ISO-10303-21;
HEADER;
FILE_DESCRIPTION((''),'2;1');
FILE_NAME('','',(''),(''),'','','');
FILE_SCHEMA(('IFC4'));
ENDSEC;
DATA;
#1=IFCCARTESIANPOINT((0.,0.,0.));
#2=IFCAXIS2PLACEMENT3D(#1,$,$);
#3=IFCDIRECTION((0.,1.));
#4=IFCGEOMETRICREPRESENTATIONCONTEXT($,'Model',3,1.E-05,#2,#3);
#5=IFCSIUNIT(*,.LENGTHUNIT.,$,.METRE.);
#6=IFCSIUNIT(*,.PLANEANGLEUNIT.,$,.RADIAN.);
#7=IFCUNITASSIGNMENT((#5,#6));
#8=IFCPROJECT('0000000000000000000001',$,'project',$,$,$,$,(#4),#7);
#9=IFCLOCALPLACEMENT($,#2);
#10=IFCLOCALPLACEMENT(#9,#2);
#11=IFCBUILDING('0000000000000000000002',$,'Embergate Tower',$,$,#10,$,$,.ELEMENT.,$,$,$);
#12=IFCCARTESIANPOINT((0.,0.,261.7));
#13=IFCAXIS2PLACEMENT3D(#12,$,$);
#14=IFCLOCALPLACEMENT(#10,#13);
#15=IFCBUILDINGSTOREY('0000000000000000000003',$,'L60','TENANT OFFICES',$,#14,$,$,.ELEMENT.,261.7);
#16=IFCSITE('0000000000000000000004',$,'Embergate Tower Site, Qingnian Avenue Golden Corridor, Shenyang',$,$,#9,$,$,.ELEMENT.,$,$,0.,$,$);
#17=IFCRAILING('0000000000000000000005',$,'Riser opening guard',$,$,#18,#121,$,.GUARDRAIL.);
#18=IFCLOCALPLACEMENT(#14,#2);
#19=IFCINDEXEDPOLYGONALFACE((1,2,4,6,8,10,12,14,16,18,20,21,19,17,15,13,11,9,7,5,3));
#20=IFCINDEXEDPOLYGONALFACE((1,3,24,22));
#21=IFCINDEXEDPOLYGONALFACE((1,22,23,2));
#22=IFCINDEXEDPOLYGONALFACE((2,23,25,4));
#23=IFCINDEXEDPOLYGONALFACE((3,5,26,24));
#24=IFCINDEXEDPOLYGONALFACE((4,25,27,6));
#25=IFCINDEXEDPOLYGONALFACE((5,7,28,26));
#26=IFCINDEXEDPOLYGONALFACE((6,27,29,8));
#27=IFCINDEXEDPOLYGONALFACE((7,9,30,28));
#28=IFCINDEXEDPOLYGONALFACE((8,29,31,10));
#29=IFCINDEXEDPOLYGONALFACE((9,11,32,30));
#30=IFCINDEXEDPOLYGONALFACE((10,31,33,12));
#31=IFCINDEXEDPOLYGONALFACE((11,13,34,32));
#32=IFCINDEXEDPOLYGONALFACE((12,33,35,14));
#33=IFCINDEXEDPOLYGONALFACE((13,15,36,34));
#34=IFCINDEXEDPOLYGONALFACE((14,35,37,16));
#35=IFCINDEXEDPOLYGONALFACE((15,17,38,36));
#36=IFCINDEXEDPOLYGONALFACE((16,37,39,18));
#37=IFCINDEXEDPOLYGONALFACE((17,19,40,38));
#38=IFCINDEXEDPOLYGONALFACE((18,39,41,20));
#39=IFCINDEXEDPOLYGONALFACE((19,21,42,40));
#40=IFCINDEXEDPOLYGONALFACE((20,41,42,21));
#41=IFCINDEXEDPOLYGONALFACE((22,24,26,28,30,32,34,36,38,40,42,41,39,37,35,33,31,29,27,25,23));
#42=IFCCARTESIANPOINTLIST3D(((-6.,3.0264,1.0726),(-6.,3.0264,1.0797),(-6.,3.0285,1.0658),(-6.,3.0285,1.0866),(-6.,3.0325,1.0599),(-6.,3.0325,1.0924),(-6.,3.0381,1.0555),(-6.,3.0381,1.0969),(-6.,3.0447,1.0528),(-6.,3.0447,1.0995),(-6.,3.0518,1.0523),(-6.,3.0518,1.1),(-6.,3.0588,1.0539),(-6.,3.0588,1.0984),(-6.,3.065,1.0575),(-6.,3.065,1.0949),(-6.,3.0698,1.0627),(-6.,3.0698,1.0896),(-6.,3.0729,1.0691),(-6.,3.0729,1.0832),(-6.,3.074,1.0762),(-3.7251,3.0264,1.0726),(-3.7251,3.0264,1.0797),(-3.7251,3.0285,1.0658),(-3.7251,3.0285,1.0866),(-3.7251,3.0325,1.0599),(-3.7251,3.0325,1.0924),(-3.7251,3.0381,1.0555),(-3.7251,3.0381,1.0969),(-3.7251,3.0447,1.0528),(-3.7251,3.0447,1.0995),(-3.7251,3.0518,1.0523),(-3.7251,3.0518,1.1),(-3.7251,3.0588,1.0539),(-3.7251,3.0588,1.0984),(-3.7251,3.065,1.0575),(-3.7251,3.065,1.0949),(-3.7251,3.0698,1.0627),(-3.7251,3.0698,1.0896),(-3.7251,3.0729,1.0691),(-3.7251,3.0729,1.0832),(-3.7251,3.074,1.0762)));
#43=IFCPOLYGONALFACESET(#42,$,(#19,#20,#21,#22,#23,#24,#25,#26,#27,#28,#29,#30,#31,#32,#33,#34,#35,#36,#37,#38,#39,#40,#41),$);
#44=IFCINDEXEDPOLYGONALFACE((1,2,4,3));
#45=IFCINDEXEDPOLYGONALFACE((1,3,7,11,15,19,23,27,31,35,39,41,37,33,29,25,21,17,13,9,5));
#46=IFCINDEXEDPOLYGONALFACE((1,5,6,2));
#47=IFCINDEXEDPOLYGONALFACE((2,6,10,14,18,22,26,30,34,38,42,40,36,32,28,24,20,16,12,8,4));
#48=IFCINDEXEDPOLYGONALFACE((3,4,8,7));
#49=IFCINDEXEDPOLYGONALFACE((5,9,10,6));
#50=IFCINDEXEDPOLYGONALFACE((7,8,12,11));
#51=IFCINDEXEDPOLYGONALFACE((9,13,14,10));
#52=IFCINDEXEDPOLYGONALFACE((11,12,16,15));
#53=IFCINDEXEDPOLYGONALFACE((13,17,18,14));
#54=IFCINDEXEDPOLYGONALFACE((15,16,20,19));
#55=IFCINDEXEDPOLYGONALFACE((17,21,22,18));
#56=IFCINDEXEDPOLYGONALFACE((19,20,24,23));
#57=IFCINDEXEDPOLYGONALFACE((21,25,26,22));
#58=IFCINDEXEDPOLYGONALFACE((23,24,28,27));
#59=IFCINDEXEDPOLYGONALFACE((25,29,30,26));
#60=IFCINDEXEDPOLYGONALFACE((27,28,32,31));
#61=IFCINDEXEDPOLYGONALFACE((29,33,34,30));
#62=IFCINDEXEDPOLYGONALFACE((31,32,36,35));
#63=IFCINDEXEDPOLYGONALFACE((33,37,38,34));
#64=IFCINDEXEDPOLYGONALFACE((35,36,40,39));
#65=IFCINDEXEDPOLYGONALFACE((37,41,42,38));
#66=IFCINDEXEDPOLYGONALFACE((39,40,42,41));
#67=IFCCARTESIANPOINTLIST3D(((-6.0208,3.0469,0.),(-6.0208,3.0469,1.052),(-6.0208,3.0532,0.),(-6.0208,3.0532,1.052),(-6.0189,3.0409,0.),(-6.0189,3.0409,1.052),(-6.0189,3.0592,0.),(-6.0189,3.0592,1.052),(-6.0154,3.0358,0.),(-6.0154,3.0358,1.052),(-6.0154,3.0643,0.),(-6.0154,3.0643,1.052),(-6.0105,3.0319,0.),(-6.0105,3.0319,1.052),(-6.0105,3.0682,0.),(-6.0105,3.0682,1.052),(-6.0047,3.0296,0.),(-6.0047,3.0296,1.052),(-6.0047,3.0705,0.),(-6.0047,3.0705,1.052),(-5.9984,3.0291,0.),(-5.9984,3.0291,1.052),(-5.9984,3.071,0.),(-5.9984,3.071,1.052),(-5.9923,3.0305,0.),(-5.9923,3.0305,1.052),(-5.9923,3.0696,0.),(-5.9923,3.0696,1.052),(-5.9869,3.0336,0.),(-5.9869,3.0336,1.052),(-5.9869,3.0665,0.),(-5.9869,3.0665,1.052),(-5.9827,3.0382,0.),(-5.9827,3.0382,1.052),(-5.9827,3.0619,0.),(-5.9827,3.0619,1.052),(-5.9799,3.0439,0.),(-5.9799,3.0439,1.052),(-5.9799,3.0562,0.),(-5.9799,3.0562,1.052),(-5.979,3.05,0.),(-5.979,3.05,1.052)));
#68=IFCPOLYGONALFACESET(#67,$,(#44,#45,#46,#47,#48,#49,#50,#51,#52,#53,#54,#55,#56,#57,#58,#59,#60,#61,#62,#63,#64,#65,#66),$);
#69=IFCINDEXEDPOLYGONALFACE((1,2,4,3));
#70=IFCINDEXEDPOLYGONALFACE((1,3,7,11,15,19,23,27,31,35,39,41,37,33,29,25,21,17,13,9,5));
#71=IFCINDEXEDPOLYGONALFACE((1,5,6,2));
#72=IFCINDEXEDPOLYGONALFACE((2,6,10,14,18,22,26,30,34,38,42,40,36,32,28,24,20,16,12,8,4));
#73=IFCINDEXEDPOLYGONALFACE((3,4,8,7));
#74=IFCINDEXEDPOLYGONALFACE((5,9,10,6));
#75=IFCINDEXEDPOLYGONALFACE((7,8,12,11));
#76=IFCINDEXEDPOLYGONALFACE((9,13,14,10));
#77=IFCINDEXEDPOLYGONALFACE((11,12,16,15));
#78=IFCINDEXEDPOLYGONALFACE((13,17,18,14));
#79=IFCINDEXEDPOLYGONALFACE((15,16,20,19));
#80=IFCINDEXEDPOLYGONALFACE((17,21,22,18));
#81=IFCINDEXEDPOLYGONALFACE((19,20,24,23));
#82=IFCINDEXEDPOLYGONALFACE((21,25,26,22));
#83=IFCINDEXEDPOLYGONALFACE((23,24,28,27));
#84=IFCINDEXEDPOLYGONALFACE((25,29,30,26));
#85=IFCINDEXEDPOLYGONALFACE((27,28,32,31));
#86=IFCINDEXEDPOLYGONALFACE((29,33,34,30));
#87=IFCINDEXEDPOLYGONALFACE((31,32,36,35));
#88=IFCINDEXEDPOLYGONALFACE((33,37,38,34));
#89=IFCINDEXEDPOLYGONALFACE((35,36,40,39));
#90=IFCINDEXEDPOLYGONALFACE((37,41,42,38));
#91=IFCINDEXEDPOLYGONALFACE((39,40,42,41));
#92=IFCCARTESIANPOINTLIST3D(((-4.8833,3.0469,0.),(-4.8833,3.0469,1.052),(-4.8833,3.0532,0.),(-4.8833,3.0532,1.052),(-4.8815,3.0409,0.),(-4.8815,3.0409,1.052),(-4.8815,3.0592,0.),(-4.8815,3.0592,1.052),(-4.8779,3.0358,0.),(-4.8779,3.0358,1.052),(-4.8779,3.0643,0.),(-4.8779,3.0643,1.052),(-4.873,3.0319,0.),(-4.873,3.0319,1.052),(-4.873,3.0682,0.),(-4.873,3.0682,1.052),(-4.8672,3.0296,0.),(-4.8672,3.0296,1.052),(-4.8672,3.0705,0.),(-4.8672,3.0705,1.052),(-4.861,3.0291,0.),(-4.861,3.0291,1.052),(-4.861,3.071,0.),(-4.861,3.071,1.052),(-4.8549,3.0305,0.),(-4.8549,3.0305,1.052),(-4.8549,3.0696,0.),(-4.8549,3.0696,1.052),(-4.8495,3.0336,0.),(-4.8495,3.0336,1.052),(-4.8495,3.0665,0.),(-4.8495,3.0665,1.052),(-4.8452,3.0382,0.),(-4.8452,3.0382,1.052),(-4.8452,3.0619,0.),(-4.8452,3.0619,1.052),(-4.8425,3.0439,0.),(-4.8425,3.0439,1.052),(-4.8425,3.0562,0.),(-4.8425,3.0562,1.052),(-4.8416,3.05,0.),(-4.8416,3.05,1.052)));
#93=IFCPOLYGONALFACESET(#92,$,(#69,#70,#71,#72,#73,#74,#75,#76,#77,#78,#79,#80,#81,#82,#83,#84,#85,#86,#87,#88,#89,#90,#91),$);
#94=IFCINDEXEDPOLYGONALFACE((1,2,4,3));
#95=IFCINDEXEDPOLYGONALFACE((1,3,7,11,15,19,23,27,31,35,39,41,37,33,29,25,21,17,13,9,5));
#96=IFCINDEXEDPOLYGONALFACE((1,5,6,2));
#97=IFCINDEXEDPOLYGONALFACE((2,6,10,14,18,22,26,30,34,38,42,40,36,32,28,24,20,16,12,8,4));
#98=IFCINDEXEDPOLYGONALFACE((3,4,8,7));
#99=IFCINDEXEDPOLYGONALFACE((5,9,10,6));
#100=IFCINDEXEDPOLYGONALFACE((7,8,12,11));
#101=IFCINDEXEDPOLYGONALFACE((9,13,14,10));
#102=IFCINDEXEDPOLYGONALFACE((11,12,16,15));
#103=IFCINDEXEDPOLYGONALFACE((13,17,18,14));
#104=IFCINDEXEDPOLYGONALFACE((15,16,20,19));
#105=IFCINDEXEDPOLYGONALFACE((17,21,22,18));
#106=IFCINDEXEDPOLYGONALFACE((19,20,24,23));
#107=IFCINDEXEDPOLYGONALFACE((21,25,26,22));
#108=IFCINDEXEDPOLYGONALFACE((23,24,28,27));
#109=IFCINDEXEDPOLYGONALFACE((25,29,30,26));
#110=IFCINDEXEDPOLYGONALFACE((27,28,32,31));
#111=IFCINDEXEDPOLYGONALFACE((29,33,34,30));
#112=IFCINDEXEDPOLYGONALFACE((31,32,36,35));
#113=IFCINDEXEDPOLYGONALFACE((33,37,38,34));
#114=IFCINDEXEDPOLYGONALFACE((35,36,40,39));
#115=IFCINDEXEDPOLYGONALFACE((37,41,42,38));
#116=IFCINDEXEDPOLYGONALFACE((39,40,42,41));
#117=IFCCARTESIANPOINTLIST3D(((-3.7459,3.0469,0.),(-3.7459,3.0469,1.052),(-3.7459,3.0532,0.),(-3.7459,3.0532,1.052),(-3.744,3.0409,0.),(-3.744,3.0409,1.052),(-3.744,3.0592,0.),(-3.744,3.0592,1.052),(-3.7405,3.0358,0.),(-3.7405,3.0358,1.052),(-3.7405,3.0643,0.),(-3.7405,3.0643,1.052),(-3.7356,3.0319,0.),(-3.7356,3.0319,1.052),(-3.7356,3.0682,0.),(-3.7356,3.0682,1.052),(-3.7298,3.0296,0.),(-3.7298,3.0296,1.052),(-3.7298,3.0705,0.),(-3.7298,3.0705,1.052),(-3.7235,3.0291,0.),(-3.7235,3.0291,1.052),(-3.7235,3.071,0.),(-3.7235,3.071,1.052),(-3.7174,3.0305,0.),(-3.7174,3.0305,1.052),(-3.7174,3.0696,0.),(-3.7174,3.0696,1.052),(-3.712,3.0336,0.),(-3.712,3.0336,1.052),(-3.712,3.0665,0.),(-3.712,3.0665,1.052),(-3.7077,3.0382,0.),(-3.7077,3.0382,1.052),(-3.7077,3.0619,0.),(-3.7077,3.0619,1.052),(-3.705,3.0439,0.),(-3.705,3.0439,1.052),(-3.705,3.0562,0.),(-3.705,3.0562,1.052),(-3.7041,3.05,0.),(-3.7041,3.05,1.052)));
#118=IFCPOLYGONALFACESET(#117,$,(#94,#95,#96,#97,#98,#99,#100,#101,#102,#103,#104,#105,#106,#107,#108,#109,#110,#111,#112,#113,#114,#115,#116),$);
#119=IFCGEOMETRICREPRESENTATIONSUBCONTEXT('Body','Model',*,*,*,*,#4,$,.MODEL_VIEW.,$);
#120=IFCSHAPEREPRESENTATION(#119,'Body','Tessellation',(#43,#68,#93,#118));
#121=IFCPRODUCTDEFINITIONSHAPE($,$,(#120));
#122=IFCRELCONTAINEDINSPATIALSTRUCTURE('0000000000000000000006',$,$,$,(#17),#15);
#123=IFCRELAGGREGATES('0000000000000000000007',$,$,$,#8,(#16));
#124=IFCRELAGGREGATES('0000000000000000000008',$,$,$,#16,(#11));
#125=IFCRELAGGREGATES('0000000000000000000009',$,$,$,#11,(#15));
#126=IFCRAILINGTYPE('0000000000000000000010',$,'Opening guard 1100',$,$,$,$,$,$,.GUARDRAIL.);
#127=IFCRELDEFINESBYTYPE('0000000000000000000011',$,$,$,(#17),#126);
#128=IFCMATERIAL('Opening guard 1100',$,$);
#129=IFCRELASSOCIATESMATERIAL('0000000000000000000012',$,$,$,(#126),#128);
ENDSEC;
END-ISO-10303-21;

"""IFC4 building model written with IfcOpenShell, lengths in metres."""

from ifc_helpers import new_model, si_unit, direction, frame, origin, origin_2d, place, context, subcontext, project, spatial, circle, extrude, source, transform, mapped, material, type_object, element, save


model = new_model("IFC4")

# Units and contexts
model_context = context("Model", 3, precision=1e-05, world=origin(), true_north=direction((0.0, 1.0)))
body_context = subcontext(model_context, "Body", "Model", "MODEL_VIEW")
ifc_project = project(units=[si_unit("LENGTHUNIT", "METRE"), si_unit("PLANEANGLEUNIT", "RADIAN")], contexts=[model_context])

# Site, building, storey
site_placement = place(None, origin())
site = spatial("IfcSite", under=ifc_project, at=site_placement, Name="Embergate Tower Site, Qingnian Avenue Golden Corridor, Shenyang", CompositionType="ELEMENT", RefElevation=0.0)
building_placement = place(site_placement, origin())
building = spatial("IfcBuilding", under=site, at=building_placement, Name="Embergate Tower", CompositionType="ELEMENT")
storey_placement = place(building_placement, frame((0.0, 0.0, 261.7)))
storey = spatial("IfcBuildingStorey", under=building, at=storey_placement, Name="L60", Description="TENANT OFFICES", CompositionType="ELEMENT", Elevation=261.7)

# Railing
ifc_material_1 = material(Name="Opening guard 1100")
railing_type = type_object("IfcRailingType", Name="Opening guard 1100", PredefinedType="GUARDRAIL", material=ifc_material_1)
shared_shape_1 = source(origin(), body_context, "Body", "SweptSolid", [
    extrude(circle(Radius=0.0239, at=origin_2d()), frame((0.0, 0.0, 1.0762), z_axis=(1.0, 0.0, 0.0), x_axis=(0.0, 1.0, 0.0)), (0.0, 0.0, 1.0), 2.2749),
    extrude(circle(Radius=0.021, at=origin_2d()), origin(), (0.0, 0.0, 1.0), 1.052),
    extrude(circle(Radius=0.021, at=origin_2d()), frame((1.1375, 0.0, 0.0)), (0.0, 0.0, 1.0), 1.052),
    extrude(circle(Radius=0.021, at=origin_2d()), frame((2.2749, 0.0, 0.0)), (0.0, 0.0, 1.0), 1.052),
])
railing_1_placement = place(storey_placement, frame((-6.0, 3.05, 0.0)))
element("IfcRailing", 1, at=railing_1_placement, inside=storey, type_object=railing_type, Name="Riser opening guard", PredefinedType="GUARDRAIL", context=body_context, shape_type="MappedRepresentation", body=[
    mapped(shared_shape_1, transform((0.0, 0.0, 0.0))),
])

save(model, "model.ifc")
